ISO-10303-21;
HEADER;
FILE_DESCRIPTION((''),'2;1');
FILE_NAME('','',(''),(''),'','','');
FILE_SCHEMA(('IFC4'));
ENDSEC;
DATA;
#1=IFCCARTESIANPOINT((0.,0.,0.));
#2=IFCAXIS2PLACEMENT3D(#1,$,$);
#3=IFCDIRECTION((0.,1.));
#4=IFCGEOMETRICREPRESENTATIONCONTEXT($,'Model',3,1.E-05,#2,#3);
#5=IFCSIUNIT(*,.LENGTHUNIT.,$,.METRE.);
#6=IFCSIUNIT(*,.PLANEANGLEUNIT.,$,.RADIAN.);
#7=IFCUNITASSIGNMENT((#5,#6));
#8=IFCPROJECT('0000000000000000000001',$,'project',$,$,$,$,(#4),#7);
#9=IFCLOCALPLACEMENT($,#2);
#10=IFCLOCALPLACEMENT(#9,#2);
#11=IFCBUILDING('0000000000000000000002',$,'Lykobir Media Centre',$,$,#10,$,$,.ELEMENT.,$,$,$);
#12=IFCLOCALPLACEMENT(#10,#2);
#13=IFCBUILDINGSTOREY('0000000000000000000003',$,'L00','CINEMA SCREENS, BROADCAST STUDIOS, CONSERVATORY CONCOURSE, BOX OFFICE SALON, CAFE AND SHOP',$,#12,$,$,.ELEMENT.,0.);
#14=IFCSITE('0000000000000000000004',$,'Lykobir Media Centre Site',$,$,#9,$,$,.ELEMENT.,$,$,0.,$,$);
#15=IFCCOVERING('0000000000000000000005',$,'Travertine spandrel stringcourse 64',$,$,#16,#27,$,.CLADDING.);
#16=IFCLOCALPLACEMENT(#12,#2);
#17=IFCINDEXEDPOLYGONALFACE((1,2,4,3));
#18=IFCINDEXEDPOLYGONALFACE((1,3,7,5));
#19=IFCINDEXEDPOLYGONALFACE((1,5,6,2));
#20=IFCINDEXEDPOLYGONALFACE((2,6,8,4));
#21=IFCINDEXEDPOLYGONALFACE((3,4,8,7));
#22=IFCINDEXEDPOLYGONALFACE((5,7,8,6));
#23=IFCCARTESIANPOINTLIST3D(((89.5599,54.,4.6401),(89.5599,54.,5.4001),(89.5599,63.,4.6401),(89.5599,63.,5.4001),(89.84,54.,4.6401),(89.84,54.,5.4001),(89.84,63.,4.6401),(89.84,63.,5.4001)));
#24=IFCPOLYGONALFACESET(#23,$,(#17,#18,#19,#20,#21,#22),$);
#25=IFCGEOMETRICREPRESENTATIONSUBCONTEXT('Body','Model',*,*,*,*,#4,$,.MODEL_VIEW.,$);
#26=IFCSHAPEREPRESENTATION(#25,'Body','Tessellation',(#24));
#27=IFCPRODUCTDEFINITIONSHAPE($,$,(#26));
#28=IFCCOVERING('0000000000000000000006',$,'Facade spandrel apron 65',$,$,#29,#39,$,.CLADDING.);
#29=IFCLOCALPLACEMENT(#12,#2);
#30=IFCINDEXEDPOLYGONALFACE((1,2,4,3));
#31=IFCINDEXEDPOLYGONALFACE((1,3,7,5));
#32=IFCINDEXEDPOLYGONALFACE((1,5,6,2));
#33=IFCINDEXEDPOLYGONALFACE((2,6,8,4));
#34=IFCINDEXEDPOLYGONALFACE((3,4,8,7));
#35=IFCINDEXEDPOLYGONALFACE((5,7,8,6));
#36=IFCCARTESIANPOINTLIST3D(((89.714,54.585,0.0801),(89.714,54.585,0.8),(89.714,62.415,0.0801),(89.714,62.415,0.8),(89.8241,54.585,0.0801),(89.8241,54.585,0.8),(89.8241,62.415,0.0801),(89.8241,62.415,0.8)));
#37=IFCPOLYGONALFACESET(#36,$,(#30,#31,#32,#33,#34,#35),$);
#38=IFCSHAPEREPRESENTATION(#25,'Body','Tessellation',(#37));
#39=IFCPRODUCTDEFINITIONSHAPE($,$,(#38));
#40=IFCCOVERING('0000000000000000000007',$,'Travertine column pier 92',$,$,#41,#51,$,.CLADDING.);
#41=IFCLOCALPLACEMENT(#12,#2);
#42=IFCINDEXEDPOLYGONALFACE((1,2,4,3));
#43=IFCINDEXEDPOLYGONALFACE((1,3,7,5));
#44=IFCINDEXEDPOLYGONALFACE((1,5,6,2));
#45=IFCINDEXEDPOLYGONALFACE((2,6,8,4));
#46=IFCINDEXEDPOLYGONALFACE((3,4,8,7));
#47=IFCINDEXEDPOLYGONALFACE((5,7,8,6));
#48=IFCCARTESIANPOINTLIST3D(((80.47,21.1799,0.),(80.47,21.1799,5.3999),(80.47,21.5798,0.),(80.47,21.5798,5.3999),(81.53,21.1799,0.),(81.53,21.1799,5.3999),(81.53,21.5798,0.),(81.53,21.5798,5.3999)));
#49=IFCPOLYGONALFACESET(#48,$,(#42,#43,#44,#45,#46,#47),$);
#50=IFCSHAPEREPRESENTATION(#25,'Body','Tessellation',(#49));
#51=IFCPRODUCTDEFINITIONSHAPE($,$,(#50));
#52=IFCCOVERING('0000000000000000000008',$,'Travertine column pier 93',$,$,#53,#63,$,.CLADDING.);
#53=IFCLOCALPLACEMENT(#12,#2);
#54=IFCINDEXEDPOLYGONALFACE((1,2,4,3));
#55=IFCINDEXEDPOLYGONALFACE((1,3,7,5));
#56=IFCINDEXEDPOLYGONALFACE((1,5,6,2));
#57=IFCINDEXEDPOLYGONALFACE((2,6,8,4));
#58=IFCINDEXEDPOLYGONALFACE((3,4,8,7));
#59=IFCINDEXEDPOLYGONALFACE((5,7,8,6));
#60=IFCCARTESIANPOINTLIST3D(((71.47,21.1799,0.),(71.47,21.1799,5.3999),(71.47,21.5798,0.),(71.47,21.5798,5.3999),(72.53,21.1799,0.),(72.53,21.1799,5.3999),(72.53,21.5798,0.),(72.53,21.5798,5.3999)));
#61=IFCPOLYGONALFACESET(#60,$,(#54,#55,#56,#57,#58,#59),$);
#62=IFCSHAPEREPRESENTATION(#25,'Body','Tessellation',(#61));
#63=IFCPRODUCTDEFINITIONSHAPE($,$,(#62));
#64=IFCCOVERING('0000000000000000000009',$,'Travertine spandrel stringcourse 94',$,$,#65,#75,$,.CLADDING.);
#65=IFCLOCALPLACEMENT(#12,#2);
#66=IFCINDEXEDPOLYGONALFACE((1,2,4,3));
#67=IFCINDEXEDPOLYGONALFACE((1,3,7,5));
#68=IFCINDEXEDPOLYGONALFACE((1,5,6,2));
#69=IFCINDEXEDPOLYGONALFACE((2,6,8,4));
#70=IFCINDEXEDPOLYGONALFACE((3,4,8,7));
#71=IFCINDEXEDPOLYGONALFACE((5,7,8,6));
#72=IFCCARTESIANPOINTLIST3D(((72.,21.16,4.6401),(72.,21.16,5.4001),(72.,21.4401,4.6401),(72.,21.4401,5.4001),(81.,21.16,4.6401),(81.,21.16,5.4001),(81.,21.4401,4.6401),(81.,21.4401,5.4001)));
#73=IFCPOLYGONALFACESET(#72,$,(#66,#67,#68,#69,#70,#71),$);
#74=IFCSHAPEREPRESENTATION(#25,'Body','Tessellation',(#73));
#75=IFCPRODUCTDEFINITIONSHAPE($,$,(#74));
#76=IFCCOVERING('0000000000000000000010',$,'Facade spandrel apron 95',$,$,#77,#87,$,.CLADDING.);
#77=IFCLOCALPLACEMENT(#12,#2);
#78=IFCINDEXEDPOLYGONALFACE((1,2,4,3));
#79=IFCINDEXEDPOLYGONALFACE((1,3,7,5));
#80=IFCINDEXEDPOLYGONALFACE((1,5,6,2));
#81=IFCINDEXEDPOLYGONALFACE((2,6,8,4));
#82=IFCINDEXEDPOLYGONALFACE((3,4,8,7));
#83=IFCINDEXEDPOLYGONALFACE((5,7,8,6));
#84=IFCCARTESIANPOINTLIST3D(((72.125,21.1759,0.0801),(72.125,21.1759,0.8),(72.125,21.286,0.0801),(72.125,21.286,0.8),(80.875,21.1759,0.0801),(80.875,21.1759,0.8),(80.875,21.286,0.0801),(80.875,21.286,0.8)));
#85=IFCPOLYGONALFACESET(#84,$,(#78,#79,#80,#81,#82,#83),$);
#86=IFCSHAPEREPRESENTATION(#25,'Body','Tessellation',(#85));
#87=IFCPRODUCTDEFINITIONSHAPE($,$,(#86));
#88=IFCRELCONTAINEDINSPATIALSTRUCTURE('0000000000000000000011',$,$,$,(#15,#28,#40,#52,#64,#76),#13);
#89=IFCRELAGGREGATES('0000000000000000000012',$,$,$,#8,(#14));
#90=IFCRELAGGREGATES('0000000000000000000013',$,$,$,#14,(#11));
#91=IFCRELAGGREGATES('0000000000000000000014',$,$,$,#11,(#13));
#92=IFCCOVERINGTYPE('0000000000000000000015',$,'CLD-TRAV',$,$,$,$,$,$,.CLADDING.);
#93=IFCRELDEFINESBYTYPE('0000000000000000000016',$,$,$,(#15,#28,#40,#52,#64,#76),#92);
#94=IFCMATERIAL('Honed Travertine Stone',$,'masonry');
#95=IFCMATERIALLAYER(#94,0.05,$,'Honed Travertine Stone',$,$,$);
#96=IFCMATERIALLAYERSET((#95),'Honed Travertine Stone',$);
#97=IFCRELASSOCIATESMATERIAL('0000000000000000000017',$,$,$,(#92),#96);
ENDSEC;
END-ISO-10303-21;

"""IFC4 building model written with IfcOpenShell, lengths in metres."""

from ifc_helpers import new_model, si_unit, direction, frame, origin, origin_2d, place, context, subcontext, project, spatial, rectangle, extrude, material, layer, layer_set, type_object, element, save


model = new_model("IFC4")

# Units and contexts
model_context = context("Model", 3, precision=1e-05, world=origin(), true_north=direction((0.0, 1.0)))
body_context = subcontext(model_context, "Body", "Model", "MODEL_VIEW")
ifc_project = project(units=[si_unit("LENGTHUNIT", "METRE"), si_unit("PLANEANGLEUNIT", "RADIAN")], contexts=[model_context])

# Site, building, storey
site_placement = place(None, origin())
site = spatial("IfcSite", under=ifc_project, at=site_placement, Name="Lykobir Media Centre Site", CompositionType="ELEMENT", RefElevation=0.0)
building_placement = place(site_placement, origin())
building = spatial("IfcBuilding", under=site, at=building_placement, Name="Lykobir Media Centre", CompositionType="ELEMENT")
storey_placement = place(building_placement, origin())
storey = spatial("IfcBuildingStorey", under=building, at=storey_placement, Name="L00", Description="CINEMA SCREENS, BROADCAST STUDIOS, CONSERVATORY CONCOURSE, BOX OFFICE SALON, CAFE AND SHOP", CompositionType="ELEMENT", Elevation=0.0)

# Shared definitions
ifc_material_1 = material(Name="Honed Travertine Stone", Category="masonry")

# Coverings
ifc_layer_1 = layer(ifc_material_1, 0.05, Name="Honed Travertine Stone")
ifc_layer_set_1 = layer_set([ifc_layer_1], Name="Honed Travertine Stone")
covering_type = type_object("IfcCoveringType", Name="CLD-TRAV", PredefinedType="CLADDING", material=ifc_layer_set_1)
covering_1_placement = place(storey_placement, frame((89.7, 58.5, 4.6401), z_axis=(0.0, 0.0, 1.0), x_axis=(0.0, -1.0, 0.0)))
element("IfcCovering", 1, at=covering_1_placement, inside=storey, type_object=covering_type, Name="Travertine spandrel stringcourse 64", PredefinedType="CLADDING", context=body_context, shape_type="SweptSolid", body=[
    extrude(rectangle(XDim=9.0, YDim=0.28, at=origin_2d()), origin(), (0.0, 0.0, 1.0), 0.76),
])
covering_2_placement = place(storey_placement, frame((89.769, 58.5, 0.0801), z_axis=(0.0, 0.0, 1.0), x_axis=(0.0, -1.0, 0.0)))
element("IfcCovering", 2, at=covering_2_placement, inside=storey, type_object=covering_type, Name="Facade spandrel apron 65", PredefinedType="CLADDING", context=body_context, shape_type="SweptSolid", body=[
    extrude(rectangle(XDim=7.8301, YDim=0.1101, at=origin_2d()), origin(), (0.0, 0.0, 1.0), 0.72),
])
for number, where, z_axis, x_axis, name in (
    (3, (81.0, 21.3799, 0.0), (0.0, 0.0, 1.0), (-1.0, 0.0, 0.0), "Travertine column pier 92"),
    (4, (72.0, 21.3799, 0.0), (0.0, 0.0, 1.0), (-1.0, 0.0, 0.0), "Travertine column pier 93"),
):
    element("IfcCovering", number, at=place(storey_placement, frame(where, z_axis=z_axis, x_axis=x_axis)), inside=storey, type_object=covering_type, Name=name, PredefinedType="CLADDING", context=body_context, shape_type="SweptSolid", body=[
        extrude(rectangle(XDim=1.0601, YDim=0.3999, at=origin_2d()), origin(), (0.0, 0.0, 1.0), 5.3999),
    ])
covering_3_placement = place(storey_placement, frame((76.5, 21.3, 4.6401), z_axis=(0.0, 0.0, 1.0), x_axis=(-1.0, 0.0, 0.0)))
element("IfcCovering", 5, at=covering_3_placement, inside=storey, type_object=covering_type, Name="Travertine spandrel stringcourse 94", PredefinedType="CLADDING", context=body_context, shape_type="SweptSolid", body=[
    extrude(rectangle(XDim=9.0, YDim=0.28, at=origin_2d()), origin(), (0.0, 0.0, 1.0), 0.76),
])
covering_4_placement = place(storey_placement, frame((76.5, 21.231, 0.0801), z_axis=(0.0, 0.0, 1.0), x_axis=(-1.0, 0.0, 0.0)))
element("IfcCovering", 6, at=covering_4_placement, inside=storey, type_object=covering_type, Name="Facade spandrel apron 95", PredefinedType="CLADDING", context=body_context, shape_type="SweptSolid", body=[
    extrude(rectangle(XDim=8.75, YDim=0.1101, at=origin_2d()), origin(), (0.0, 0.0, 1.0), 0.72),
])

save(model, "model.ifc")
